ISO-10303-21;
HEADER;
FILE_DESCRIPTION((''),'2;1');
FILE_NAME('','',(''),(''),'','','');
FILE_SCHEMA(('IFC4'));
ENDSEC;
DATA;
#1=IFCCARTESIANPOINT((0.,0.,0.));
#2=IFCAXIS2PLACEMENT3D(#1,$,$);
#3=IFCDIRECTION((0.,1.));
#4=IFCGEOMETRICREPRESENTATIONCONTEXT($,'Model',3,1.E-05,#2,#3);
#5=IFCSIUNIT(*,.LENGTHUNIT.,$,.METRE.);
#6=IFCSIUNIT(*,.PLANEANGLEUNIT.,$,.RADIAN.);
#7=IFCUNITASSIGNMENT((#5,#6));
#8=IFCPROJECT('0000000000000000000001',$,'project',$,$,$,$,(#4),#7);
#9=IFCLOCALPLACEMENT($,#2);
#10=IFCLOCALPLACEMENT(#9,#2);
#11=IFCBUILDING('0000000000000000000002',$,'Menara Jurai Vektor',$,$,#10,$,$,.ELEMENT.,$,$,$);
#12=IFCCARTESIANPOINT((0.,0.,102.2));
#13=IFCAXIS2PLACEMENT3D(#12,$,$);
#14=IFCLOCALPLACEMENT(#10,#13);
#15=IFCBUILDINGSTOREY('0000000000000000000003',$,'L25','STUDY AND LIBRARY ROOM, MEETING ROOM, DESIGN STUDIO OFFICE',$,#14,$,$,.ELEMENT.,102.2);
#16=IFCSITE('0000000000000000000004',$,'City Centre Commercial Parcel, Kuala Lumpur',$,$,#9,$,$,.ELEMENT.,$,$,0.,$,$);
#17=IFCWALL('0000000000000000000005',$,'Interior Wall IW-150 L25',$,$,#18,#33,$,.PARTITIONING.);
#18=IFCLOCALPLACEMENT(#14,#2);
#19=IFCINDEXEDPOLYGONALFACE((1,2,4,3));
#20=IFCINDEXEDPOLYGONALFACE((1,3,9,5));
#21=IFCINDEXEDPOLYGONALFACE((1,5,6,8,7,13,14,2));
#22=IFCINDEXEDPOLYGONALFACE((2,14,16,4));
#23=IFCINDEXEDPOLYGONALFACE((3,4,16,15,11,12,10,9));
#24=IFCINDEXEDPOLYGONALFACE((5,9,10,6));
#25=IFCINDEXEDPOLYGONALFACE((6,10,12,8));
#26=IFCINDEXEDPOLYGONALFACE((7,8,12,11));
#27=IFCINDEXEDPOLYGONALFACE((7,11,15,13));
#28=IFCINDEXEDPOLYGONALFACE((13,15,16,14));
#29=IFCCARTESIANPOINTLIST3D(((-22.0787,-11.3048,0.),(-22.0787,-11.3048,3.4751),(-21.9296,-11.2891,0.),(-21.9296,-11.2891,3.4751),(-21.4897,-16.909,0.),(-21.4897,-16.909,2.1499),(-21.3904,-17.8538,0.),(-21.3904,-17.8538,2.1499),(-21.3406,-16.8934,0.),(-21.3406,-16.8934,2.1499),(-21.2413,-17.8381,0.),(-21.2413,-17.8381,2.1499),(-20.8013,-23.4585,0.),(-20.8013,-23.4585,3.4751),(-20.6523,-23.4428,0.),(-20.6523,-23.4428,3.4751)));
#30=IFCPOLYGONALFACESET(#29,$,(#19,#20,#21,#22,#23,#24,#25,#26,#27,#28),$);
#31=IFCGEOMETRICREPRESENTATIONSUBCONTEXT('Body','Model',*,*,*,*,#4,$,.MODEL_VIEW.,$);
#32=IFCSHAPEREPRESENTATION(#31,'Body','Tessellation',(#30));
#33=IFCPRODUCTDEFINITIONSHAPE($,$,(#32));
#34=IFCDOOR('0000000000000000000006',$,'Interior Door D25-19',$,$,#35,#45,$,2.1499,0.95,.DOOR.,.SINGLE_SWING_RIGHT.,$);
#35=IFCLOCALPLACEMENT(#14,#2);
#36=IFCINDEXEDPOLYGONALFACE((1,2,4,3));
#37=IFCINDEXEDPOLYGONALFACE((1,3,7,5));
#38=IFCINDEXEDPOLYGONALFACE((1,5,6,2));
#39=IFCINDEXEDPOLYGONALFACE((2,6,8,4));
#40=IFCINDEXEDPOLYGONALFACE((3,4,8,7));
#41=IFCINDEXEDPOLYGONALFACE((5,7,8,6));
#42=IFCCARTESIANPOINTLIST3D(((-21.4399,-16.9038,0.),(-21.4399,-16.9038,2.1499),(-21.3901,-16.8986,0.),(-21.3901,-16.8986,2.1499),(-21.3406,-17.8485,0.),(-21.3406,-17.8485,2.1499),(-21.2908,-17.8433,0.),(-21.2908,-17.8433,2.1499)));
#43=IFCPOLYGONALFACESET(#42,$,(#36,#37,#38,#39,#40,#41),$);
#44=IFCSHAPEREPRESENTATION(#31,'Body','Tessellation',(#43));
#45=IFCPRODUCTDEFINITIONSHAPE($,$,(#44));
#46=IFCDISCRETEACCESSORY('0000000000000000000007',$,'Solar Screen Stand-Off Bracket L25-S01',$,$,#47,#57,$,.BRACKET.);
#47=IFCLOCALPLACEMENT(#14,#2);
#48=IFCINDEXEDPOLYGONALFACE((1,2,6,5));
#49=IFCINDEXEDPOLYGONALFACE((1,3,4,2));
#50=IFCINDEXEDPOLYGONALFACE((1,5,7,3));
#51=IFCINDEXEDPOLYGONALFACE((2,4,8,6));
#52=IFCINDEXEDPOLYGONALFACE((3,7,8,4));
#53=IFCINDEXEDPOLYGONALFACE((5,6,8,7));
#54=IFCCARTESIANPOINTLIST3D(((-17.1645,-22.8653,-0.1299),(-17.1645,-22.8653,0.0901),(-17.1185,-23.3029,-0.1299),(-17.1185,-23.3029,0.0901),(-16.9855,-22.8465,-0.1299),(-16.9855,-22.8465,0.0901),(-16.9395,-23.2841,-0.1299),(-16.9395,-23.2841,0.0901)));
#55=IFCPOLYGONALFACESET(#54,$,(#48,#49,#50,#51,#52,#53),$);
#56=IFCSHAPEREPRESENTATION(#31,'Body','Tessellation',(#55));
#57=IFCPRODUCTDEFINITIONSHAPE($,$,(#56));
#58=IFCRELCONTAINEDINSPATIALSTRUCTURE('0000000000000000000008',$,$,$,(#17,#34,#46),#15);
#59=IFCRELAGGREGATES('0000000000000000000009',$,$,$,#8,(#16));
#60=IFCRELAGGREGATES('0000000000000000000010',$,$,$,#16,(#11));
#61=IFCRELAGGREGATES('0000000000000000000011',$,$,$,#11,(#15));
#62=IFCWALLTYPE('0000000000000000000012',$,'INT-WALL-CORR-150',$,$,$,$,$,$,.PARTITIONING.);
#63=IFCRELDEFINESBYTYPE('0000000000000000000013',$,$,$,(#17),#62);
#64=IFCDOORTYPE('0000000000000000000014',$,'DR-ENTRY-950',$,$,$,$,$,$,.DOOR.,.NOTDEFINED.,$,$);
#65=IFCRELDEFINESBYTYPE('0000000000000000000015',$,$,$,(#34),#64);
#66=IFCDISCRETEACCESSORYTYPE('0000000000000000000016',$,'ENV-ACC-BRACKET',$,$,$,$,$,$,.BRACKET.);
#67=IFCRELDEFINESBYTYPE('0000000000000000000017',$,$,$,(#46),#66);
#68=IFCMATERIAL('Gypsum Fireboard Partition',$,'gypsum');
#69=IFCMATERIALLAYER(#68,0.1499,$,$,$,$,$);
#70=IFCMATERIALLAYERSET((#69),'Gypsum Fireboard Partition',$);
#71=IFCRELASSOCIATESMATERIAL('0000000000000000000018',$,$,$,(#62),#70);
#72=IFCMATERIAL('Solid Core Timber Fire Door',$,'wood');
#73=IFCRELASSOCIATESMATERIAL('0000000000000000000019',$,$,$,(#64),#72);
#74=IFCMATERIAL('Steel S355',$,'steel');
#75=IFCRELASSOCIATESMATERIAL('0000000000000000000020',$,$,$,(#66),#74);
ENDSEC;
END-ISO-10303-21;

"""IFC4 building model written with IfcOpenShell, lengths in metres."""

from ifc_helpers import new_model, si_unit, direction, frame, frame_2d, origin, origin_2d, place, context, subcontext, project, spatial, rectangle, extrude, material, layer, layer_set, type_object, element, fill, save


model = new_model("IFC4")

# Units and contexts
model_context = context("Model", 3, precision=1e-05, world=origin(), true_north=direction((0.0, 1.0)))
body_context = subcontext(model_context, "Body", "Model", "MODEL_VIEW")
ifc_project = project(units=[si_unit("LENGTHUNIT", "METRE"), si_unit("PLANEANGLEUNIT", "RADIAN")], contexts=[model_context])

# Site, building, storey
site_placement = place(None, origin())
site = spatial("IfcSite", under=ifc_project, at=site_placement, Name="City Centre Commercial Parcel, Kuala Lumpur", CompositionType="ELEMENT", RefElevation=0.0)
building_placement = place(site_placement, origin())
building = spatial("IfcBuilding", under=site, at=building_placement, Name="Menara Jurai Vektor", CompositionType="ELEMENT")
storey_placement = place(building_placement, frame((0.0, 0.0, 102.2)))
storey = spatial("IfcBuildingStorey", under=building, at=storey_placement, Name="L25", Description="STUDY AND LIBRARY ROOM, MEETING ROOM, DESIGN STUDIO OFFICE", CompositionType="ELEMENT", Elevation=102.2)

# Shared definitions
ifc_material_1 = material(Name="Steel S355", Category="steel")

# Wall, opening, door
ifc_material_2 = material(Name="Gypsum Fireboard Partition", Category="gypsum")
ifc_layer_1 = layer(ifc_material_2, 0.1499)
ifc_layer_set_1 = layer_set([ifc_layer_1], Name="Gypsum Fireboard Partition")
wall_type = type_object("IfcWallType", Name="INT-WALL-CORR-150", PredefinedType="PARTITIONING", material=ifc_layer_set_1)
wall_placement = place(storey_placement, frame((-20.7268, -23.4507, 0.0), z_axis=(0.0, 0.0, 1.0), x_axis=(-0.104523, 0.994523, 0.0)))
wall = element("IfcWall", 1, at=wall_placement, inside=storey, type_object=wall_type, Name="Interior Wall IW-150 L25", PredefinedType="PARTITIONING", context=body_context, shape_type="SweptSolid", body=[
    extrude(rectangle(XDim=12.2207, YDim=0.1499, at=frame_2d((6.1104, 0.0))), origin(), (0.0, 0.0, 1.0), 3.4751),
])
opening_placement = place(wall_placement, frame((5.6355, 0.0, 0.0)))
opening = element("IfcOpeningElement", 2, at=opening_placement, cuts=wall, PredefinedType="OPENING", context=body_context, shape_type="SweptSolid", body=[
    extrude(rectangle(XDim=0.95, YDim=2.1499, at=frame_2d((0.4751, 1.075))), frame((0.0, 0.085, 0.0), z_axis=(0.0, -1.0, 0.0), x_axis=(1.0, 0.0, 0.0)), (0.0, 0.0, 1.0), 0.1699),
])
ifc_material_3 = material(Name="Solid Core Timber Fire Door", Category="wood")
door_type = type_object("IfcDoorType", Name="DR-ENTRY-950", OperationType="NOTDEFINED", PredefinedType="DOOR", material=ifc_material_3)
door_placement = place(opening_placement, origin())
door = element("IfcDoor", 3, at=door_placement, inside=storey, type_object=door_type, Name="Interior Door D25-19", OperationType="SINGLE_SWING_RIGHT", OverallHeight=2.1499, OverallWidth=0.95, PredefinedType="DOOR", context=body_context, shape_type="SweptSolid", body=[
    extrude(rectangle(XDim=0.95, YDim=2.1499, at=frame_2d((0.4751, 1.075))), frame((0.0, 0.0249, 0.0), z_axis=(0.0, -1.0, 0.0), x_axis=(1.0, 0.0, 0.0)), (0.0, 0.0, 1.0), 0.05),
])
fill(opening, door)

# Discrete accessory
discrete_accessory_type = type_object("IfcDiscreteAccessoryType", Name="ENV-ACC-BRACKET", PredefinedType="BRACKET", material=ifc_material_1)
discrete_accessory_placement = place(storey_placement, frame((-17.052, -23.0747, -0.1299), z_axis=(0.0, 0.0, 1.0), x_axis=(0.994522, 0.104528, 0.0)))
element("IfcDiscreteAccessory", 4, at=discrete_accessory_placement, inside=storey, type_object=discrete_accessory_type, Name="Solar Screen Stand-Off Bracket L25-S01", PredefinedType="BRACKET", context=body_context, shape_type="SweptSolid", body=[
    extrude(rectangle(XDim=0.1799, YDim=0.4399, at=origin_2d()), origin(), (0.0, 0.0, 1.0), 0.22),
])

save(model, "model.ifc")
